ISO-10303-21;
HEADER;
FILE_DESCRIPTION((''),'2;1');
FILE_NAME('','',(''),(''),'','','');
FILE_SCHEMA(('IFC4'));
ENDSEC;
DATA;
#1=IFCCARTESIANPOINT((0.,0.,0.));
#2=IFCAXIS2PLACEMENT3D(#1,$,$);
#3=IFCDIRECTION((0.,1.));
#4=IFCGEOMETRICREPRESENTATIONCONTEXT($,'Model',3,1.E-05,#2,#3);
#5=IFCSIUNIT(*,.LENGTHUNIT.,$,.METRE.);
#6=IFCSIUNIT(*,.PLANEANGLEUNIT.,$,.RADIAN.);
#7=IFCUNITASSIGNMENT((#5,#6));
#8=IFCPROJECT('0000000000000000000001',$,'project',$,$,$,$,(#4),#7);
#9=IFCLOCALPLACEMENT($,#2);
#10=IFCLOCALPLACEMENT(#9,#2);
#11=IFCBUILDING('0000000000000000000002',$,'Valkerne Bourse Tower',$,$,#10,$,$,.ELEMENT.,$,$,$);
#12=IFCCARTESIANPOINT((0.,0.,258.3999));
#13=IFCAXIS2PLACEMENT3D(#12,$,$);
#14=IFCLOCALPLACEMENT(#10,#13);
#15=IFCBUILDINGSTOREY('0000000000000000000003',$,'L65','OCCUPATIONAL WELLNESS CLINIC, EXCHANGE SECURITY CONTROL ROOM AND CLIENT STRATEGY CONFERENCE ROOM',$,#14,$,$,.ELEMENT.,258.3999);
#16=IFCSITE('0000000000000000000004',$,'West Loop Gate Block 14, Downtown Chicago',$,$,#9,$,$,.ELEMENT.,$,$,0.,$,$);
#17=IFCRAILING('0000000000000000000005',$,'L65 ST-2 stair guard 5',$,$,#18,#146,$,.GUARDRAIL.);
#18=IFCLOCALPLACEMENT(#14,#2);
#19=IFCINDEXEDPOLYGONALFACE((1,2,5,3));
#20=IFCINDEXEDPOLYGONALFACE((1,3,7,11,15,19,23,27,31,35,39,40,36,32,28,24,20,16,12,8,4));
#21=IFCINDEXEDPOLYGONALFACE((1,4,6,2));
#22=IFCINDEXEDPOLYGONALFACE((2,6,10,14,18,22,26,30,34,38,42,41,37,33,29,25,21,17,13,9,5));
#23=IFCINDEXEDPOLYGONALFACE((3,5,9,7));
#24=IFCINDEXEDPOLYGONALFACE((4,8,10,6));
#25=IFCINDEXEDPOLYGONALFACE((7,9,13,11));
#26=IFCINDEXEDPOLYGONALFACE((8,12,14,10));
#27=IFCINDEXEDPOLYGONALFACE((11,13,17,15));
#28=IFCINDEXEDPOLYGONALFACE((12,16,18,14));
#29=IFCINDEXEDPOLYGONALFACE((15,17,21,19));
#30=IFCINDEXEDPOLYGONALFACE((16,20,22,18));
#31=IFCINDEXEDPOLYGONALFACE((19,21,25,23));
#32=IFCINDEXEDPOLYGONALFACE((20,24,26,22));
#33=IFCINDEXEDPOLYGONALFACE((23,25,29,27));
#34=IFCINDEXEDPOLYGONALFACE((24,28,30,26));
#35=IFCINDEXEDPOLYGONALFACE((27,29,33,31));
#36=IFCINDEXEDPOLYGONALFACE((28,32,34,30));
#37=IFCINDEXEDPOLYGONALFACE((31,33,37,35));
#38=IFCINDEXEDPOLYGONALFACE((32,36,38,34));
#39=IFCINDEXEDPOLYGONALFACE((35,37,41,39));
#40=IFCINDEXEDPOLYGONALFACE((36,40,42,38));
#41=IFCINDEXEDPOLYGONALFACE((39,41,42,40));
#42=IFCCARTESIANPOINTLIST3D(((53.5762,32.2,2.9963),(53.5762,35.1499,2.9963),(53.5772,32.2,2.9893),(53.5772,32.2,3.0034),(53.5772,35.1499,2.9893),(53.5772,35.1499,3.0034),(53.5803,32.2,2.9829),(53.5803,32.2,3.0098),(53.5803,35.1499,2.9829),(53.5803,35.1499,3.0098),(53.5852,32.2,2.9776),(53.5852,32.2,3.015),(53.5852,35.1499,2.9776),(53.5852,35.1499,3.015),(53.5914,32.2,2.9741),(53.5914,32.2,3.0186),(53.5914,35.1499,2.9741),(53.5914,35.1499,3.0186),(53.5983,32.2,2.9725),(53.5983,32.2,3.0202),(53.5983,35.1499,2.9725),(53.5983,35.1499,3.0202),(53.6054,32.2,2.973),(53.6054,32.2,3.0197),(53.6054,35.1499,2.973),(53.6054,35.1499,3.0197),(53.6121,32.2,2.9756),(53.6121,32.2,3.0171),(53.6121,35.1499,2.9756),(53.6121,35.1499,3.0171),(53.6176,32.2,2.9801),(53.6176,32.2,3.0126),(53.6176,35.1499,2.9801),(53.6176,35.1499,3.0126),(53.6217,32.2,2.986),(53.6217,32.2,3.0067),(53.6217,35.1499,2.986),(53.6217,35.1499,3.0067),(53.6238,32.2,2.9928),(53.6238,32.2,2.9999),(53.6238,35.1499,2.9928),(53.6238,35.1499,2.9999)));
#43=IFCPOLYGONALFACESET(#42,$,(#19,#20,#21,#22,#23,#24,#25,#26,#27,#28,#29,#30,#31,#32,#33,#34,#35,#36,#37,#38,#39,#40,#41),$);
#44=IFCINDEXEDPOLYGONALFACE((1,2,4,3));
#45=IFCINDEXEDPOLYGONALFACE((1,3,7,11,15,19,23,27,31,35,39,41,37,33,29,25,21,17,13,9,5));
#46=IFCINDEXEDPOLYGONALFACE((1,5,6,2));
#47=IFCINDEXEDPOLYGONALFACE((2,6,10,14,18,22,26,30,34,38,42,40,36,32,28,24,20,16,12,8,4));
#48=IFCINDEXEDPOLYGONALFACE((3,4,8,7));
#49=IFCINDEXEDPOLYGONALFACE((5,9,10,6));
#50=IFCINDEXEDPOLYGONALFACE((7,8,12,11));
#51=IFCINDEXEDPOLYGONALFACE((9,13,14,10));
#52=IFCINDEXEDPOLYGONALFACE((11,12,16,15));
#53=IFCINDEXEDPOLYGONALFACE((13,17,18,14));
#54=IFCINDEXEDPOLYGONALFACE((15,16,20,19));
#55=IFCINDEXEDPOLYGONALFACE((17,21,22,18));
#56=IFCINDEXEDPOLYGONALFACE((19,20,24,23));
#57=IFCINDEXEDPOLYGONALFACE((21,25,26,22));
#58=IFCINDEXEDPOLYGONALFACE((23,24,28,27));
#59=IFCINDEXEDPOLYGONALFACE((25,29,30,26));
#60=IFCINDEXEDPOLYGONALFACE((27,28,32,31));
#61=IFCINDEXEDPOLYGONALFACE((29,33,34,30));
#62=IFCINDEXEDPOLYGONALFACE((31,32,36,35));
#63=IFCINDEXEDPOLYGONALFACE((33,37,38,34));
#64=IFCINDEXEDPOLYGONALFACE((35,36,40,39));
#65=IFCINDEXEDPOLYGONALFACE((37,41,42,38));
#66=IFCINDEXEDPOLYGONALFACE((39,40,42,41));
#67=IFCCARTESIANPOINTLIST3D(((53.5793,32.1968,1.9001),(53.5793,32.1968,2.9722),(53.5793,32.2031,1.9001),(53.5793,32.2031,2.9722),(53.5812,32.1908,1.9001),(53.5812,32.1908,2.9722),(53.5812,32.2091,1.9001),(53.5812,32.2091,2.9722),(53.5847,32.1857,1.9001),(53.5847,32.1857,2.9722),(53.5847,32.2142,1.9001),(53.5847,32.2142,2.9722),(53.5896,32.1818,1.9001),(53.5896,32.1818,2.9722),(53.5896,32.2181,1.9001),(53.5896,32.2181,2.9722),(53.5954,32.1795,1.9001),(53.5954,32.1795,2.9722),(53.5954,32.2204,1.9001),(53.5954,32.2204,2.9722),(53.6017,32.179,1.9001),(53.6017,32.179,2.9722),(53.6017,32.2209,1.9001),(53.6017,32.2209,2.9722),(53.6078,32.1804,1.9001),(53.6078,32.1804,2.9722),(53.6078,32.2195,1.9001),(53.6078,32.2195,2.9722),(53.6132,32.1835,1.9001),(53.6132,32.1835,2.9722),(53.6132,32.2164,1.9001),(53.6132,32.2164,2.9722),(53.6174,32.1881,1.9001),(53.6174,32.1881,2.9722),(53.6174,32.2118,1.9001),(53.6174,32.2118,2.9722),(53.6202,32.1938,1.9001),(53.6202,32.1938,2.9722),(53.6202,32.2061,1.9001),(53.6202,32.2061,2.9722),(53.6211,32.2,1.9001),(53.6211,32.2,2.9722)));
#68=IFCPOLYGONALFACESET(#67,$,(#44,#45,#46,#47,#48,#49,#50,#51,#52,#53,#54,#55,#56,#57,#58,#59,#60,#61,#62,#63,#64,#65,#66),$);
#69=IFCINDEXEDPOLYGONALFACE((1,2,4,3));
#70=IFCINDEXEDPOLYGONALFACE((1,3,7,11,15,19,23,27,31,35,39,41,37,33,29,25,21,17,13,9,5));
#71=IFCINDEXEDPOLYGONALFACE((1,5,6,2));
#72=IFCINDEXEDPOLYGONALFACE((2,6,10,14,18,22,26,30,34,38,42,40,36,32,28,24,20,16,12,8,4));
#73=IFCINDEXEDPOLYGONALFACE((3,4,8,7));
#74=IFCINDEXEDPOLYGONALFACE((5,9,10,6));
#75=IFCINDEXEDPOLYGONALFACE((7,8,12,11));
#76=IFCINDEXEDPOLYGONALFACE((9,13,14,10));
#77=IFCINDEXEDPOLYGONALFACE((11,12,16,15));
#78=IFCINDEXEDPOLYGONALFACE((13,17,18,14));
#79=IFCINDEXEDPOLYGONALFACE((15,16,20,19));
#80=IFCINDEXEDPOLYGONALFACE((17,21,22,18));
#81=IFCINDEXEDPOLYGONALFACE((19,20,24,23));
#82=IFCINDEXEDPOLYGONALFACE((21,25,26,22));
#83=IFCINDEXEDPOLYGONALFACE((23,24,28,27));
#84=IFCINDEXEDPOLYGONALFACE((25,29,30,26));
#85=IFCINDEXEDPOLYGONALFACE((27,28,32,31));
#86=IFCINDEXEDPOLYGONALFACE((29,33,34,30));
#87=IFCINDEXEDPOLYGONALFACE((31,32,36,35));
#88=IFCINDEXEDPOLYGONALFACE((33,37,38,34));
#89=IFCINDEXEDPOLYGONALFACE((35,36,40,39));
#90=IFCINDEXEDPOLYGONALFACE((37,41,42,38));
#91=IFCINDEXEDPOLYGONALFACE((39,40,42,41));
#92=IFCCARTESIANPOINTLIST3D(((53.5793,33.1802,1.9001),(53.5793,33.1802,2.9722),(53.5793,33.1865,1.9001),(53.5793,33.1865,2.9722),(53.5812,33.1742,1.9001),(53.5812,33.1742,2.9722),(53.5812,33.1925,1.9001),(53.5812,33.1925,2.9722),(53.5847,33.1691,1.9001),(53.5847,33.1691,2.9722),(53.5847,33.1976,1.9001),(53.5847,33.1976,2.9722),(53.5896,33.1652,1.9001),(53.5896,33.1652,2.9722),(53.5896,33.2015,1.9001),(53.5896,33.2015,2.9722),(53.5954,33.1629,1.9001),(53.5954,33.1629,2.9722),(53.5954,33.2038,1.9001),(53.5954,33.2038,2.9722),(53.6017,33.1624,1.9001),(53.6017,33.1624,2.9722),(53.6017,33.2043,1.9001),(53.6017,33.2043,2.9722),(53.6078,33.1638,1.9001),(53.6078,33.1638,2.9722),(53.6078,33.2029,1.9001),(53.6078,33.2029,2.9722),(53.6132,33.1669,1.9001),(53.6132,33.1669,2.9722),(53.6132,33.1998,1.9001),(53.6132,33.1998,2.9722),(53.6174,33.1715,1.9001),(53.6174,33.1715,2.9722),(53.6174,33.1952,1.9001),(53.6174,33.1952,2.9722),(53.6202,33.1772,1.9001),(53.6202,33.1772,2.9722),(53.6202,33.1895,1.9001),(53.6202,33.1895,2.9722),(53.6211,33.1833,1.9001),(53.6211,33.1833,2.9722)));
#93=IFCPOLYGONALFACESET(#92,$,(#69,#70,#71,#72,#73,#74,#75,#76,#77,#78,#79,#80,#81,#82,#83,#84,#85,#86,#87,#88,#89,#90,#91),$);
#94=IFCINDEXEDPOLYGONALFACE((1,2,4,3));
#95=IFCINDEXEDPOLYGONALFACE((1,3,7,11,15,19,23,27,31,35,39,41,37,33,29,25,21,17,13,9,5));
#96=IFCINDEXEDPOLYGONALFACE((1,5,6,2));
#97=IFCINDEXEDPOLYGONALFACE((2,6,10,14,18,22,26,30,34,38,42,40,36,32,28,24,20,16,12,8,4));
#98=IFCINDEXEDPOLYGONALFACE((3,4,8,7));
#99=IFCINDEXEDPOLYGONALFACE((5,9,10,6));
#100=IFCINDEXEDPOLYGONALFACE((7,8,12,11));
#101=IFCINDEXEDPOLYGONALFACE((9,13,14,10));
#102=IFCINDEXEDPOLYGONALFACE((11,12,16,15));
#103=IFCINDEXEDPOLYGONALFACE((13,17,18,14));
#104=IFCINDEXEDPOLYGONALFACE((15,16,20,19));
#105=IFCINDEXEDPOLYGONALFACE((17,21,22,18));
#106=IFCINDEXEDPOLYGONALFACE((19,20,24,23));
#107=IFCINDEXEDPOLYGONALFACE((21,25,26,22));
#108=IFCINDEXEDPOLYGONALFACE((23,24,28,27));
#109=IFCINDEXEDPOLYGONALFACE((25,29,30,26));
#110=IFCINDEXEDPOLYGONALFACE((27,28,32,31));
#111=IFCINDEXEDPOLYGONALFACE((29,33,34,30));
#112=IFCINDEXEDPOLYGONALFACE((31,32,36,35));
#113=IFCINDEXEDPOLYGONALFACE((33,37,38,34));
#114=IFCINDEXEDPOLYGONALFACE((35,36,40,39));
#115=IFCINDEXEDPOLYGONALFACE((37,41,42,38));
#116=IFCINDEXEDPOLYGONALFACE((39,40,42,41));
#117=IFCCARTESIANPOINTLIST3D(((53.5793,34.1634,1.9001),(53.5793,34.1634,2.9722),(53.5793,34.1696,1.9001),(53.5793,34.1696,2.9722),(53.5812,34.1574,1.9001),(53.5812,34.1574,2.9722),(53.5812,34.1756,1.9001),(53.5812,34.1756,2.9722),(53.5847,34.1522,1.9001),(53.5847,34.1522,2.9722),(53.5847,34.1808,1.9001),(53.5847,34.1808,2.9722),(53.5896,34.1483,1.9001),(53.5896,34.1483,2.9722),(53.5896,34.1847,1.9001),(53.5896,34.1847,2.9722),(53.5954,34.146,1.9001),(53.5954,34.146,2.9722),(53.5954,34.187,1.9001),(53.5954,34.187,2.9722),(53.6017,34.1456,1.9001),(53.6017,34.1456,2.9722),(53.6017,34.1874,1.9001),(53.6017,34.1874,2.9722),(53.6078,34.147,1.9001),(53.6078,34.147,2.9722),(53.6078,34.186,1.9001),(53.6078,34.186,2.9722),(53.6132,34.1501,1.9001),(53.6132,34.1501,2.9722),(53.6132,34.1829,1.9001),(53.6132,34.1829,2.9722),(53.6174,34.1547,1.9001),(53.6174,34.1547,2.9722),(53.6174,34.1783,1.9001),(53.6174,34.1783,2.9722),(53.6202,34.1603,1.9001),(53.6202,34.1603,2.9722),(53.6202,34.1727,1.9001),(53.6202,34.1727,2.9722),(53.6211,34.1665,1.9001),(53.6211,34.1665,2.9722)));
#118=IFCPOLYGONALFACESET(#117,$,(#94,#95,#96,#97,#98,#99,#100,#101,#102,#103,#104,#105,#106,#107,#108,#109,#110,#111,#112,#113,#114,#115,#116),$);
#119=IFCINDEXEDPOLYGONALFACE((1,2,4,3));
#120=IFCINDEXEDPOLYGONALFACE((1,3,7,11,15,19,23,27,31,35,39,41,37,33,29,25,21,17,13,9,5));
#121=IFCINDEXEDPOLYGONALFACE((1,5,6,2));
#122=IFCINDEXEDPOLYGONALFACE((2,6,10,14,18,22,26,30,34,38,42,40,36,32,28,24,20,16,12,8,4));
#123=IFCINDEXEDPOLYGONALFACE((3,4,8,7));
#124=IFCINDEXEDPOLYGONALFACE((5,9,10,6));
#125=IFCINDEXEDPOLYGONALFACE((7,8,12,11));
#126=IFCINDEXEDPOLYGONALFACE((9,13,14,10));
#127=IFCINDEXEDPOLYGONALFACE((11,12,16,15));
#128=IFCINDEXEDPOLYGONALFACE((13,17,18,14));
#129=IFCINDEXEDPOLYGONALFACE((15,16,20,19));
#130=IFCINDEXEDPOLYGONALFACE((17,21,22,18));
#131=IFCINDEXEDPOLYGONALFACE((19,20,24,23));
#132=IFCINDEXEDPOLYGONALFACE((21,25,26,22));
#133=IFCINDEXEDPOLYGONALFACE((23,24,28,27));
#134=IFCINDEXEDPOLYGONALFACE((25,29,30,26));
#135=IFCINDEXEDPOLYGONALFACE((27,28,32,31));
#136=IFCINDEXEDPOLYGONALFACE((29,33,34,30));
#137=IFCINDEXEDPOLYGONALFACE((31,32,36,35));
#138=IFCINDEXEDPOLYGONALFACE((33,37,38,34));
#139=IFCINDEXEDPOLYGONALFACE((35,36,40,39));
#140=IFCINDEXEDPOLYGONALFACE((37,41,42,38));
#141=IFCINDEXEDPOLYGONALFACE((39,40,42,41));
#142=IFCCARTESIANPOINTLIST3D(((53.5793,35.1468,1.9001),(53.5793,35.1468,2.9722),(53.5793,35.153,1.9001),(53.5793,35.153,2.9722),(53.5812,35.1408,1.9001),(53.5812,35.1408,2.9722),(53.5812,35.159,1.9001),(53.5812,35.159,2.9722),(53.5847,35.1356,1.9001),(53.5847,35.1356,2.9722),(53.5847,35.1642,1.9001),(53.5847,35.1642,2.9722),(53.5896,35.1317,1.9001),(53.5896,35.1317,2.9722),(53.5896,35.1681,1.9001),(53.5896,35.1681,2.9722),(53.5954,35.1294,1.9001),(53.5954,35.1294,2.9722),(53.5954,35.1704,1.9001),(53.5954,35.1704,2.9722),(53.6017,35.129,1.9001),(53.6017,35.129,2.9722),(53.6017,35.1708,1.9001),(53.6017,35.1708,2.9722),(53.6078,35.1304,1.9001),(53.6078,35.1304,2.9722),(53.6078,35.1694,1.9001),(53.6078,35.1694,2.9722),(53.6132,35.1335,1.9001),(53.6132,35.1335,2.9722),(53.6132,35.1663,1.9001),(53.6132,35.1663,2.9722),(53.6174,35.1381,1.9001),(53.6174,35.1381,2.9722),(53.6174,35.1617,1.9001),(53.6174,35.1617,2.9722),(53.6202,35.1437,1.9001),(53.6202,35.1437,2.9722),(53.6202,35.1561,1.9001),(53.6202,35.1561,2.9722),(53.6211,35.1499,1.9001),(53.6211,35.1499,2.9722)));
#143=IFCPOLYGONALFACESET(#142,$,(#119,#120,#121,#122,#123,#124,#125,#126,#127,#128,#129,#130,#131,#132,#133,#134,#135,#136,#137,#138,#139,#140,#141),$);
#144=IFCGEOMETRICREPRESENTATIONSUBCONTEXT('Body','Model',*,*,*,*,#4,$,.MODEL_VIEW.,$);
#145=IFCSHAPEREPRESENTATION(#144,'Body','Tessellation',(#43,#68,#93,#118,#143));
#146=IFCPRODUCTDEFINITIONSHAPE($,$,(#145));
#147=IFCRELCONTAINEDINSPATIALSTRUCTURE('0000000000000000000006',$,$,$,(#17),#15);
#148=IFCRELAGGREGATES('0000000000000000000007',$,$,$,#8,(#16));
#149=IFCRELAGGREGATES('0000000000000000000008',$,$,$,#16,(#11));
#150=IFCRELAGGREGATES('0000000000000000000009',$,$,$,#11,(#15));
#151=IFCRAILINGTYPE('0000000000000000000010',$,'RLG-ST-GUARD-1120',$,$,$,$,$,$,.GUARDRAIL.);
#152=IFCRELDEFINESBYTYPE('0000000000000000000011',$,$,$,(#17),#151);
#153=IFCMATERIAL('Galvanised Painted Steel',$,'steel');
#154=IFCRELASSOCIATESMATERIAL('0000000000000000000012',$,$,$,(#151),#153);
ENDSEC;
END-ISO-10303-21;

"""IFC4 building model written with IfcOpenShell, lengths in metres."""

from ifc_helpers import new_model, si_unit, direction, frame, origin, origin_2d, place, context, subcontext, project, spatial, circle, extrude, material, type_object, element, save


model = new_model("IFC4")

# Units and contexts
model_context = context("Model", 3, precision=1e-05, world=origin(), true_north=direction((0.0, 1.0)))
body_context = subcontext(model_context, "Body", "Model", "MODEL_VIEW")
ifc_project = project(units=[si_unit("LENGTHUNIT", "METRE"), si_unit("PLANEANGLEUNIT", "RADIAN")], contexts=[model_context])

# Site, building, storey
site_placement = place(None, origin())
site = spatial("IfcSite", under=ifc_project, at=site_placement, Name="West Loop Gate Block 14, Downtown Chicago", CompositionType="ELEMENT", RefElevation=0.0)
building_placement = place(site_placement, origin())
building = spatial("IfcBuilding", under=site, at=building_placement, Name="Valkerne Bourse Tower", CompositionType="ELEMENT")
storey_placement = place(building_placement, frame((0.0, 0.0, 258.3999)))
storey = spatial("IfcBuildingStorey", under=building, at=storey_placement, Name="L65", Description="OCCUPATIONAL WELLNESS CLINIC, EXCHANGE SECURITY CONTROL ROOM AND CLIENT STRATEGY CONFERENCE ROOM", CompositionType="ELEMENT", Elevation=258.3999)

# Railing
ifc_material_1 = material(Name="Galvanised Painted Steel", Category="steel")
railing_type = type_object("IfcRailingType", Name="RLG-ST-GUARD-1120", PredefinedType="GUARDRAIL", material=ifc_material_1)
railing_1_placement = place(storey_placement, frame((53.6001, 32.2, 1.9001)))
element("IfcRailing", 1, at=railing_1_placement, inside=storey, type_object=railing_type, Name="L65 ST-2 stair guard 5", PredefinedType="GUARDRAIL", context=body_context, shape_type="SweptSolid", body=[
    extrude(circle(Radius=0.0239, at=origin_2d()), frame((0.0, 0.0, 1.0962), z_axis=(0.0, 1.0, 0.0), x_axis=(-1.0, 0.0, 0.0)), (0.0, 0.0, 1.0), 2.95),
    extrude(circle(Radius=0.021, at=origin_2d()), origin(), (0.0, 0.0, 1.0), 1.072),
    extrude(circle(Radius=0.021, at=origin_2d()), frame((0.0, 0.9834, 0.0)), (0.0, 0.0, 1.0), 1.072),
    extrude(circle(Radius=0.021, at=origin_2d()), frame((0.0, 1.9666, 0.0)), (0.0, 0.0, 1.0), 1.072),
    extrude(circle(Radius=0.021, at=origin_2d()), frame((0.0, 2.95, 0.0)), (0.0, 0.0, 1.0), 1.072),
])

save(model, "model.ifc")
